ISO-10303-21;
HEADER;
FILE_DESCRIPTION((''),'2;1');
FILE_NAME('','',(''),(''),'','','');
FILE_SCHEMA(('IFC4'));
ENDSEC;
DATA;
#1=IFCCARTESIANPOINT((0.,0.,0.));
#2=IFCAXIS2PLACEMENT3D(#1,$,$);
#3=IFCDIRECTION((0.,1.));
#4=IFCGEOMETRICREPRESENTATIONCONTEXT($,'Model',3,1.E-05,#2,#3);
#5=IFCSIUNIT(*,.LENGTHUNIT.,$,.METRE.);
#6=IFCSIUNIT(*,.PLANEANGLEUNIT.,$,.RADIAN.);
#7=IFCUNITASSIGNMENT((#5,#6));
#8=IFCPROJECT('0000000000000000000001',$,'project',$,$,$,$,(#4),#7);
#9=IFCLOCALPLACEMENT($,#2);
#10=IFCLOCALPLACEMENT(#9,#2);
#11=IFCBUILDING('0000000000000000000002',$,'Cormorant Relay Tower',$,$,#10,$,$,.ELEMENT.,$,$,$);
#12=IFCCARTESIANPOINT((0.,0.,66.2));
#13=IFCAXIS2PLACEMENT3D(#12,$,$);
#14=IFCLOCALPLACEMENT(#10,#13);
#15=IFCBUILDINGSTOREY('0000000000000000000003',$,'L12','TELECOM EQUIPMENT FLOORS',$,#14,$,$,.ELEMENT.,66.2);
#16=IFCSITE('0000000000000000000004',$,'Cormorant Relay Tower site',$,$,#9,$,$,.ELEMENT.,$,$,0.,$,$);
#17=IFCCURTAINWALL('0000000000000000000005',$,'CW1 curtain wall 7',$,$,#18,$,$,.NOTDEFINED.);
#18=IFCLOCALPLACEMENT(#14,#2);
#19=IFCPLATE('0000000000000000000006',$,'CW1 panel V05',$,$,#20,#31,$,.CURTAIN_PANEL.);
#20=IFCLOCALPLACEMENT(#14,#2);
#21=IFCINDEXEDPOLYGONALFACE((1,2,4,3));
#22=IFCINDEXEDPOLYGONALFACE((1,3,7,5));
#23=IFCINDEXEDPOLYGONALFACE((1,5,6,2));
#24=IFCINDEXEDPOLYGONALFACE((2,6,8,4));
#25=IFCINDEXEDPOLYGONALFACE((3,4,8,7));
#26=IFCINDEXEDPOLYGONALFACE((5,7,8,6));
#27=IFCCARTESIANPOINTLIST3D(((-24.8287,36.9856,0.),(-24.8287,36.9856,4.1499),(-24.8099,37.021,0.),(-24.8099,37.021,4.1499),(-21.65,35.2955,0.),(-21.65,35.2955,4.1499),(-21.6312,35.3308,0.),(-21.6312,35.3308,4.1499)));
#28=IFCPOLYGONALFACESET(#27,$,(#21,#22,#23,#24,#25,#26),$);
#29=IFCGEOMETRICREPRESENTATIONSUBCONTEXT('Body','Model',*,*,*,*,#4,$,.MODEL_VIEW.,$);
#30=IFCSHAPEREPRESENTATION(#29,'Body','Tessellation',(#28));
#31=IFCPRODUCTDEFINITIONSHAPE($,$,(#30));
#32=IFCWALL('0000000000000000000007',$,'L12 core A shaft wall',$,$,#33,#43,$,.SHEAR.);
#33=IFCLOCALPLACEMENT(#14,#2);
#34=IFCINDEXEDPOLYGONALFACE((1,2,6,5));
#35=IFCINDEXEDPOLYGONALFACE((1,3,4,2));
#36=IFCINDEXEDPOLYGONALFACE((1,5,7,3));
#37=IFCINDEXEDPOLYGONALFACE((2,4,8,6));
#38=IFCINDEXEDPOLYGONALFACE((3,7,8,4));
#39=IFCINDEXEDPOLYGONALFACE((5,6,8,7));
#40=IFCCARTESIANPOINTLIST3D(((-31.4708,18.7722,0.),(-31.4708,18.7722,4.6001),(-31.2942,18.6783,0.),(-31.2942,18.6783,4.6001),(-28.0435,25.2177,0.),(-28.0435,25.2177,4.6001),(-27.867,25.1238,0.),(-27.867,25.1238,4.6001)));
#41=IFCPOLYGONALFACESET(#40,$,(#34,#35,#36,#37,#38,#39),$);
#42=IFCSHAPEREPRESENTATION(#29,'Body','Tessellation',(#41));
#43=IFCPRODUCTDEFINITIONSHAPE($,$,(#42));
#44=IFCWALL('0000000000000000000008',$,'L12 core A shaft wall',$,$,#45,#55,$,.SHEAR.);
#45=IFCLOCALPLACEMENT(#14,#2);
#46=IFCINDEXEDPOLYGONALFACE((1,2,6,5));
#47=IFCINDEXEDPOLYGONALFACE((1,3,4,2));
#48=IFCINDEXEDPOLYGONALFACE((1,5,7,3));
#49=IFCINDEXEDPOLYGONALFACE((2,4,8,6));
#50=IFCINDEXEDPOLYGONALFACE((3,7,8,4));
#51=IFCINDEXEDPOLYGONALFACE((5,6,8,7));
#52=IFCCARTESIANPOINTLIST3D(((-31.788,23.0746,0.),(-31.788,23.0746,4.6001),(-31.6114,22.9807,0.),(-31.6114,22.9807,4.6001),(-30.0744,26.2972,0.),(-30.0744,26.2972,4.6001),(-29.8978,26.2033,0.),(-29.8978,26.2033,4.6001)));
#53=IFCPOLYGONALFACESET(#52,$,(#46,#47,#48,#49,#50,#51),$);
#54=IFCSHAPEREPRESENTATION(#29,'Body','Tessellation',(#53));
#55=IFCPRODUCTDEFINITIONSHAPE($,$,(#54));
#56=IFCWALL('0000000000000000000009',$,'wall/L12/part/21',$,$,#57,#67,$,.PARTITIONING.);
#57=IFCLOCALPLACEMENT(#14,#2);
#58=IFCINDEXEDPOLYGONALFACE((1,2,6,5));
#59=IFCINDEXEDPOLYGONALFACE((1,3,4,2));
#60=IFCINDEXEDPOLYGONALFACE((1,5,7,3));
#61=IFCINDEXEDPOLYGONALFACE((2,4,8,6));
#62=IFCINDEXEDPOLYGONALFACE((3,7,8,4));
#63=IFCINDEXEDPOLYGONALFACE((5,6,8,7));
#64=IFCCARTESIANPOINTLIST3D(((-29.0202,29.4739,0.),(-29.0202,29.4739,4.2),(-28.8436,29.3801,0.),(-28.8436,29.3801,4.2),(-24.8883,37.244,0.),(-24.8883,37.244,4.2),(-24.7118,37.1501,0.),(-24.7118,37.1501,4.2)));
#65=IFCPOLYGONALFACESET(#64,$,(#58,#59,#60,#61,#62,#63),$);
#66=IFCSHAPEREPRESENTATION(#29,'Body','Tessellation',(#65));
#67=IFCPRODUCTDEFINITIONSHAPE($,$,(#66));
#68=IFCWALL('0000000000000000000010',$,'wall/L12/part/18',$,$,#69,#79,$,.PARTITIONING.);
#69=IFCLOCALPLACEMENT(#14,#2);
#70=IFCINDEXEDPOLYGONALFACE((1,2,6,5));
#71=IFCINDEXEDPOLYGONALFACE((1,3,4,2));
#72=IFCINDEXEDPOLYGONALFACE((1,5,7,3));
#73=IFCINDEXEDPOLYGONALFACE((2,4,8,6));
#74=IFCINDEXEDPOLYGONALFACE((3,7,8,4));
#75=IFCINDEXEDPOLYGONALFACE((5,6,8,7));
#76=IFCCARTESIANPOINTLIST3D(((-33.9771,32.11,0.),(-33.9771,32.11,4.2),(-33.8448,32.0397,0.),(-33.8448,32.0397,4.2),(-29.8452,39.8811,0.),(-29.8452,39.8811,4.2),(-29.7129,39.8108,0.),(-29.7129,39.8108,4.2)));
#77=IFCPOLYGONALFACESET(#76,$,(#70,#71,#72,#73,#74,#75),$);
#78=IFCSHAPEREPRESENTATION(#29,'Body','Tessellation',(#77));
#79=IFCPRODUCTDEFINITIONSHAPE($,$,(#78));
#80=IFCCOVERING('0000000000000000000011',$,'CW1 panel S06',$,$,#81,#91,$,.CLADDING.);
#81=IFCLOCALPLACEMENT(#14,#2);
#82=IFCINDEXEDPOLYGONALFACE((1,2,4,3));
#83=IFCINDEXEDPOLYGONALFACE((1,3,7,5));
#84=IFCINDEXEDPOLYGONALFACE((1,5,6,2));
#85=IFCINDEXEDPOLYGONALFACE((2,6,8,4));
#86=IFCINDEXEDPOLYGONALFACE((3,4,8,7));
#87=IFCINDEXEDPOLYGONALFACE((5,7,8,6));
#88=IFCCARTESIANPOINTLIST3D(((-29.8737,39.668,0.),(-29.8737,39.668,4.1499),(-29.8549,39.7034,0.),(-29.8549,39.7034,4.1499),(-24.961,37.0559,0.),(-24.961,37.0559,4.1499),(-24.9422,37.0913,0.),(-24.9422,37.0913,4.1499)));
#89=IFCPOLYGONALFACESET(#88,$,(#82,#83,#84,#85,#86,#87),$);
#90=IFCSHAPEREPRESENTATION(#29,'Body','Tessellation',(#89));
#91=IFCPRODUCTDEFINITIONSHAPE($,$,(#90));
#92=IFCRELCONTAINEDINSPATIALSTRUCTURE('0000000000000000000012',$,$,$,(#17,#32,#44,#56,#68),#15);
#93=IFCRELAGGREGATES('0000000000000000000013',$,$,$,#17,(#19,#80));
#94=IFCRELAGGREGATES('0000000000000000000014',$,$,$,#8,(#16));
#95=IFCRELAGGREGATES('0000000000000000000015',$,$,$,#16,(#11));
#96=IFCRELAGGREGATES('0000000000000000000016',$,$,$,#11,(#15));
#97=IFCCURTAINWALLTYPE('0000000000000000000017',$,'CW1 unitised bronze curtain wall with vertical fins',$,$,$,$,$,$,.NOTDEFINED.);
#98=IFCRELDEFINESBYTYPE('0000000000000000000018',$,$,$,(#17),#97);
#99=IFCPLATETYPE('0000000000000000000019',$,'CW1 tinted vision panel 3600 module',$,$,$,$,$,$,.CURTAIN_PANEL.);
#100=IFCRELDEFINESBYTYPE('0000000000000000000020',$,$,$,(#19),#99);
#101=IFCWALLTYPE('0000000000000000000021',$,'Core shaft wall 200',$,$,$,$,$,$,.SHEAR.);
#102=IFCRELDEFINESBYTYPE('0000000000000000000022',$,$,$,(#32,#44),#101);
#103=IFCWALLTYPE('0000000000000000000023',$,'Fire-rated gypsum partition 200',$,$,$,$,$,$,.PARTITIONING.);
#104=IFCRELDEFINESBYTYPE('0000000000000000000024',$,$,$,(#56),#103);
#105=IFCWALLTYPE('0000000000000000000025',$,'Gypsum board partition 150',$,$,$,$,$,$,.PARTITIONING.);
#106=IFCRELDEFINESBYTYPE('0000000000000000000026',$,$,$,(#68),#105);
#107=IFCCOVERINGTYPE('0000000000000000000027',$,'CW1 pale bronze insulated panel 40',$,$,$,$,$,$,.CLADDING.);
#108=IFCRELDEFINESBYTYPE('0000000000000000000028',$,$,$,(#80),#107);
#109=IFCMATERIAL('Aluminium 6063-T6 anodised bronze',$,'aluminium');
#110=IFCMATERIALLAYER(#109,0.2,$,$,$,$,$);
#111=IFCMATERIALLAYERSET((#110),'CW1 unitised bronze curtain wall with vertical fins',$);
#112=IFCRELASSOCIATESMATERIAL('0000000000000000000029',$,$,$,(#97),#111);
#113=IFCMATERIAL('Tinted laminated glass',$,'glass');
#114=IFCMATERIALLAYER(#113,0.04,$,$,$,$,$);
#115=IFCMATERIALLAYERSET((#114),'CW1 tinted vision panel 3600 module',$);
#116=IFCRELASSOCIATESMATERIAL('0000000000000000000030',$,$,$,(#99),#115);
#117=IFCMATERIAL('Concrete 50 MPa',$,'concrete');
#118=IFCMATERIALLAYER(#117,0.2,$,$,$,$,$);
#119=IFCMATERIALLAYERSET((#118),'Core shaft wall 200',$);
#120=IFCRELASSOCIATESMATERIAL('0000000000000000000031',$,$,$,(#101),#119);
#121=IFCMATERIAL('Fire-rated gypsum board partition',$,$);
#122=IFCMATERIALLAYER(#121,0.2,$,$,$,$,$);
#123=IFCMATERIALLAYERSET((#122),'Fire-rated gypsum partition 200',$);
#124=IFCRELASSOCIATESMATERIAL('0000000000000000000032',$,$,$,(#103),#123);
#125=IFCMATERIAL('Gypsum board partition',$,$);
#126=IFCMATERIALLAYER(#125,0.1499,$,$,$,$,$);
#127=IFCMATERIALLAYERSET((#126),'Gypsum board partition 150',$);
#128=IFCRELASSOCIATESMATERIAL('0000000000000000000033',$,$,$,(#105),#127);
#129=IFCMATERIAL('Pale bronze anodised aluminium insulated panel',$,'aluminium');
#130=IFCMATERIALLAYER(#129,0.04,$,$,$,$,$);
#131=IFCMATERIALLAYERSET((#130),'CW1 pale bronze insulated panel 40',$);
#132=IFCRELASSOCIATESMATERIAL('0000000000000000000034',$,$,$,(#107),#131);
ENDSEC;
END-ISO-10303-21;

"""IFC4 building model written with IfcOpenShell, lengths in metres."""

from ifc_helpers import new_model, si_unit, direction, frame, frame_2d, origin, origin_2d, place, context, subcontext, project, spatial, rectangle, extrude, material, layer, layer_set, type_object, element, aggregate, save


model = new_model("IFC4")

# Units and contexts
model_context = context("Model", 3, precision=1e-05, world=origin(), true_north=direction((0.0, 1.0)))
body_context = subcontext(model_context, "Body", "Model", "MODEL_VIEW")
ifc_project = project(units=[si_unit("LENGTHUNIT", "METRE"), si_unit("PLANEANGLEUNIT", "RADIAN")], contexts=[model_context])

# Site, building, storey
site_placement = place(None, origin())
site = spatial("IfcSite", under=ifc_project, at=site_placement, Name="Cormorant Relay Tower site", CompositionType="ELEMENT", RefElevation=0.0)
building_placement = place(site_placement, origin())
building = spatial("IfcBuilding", under=site, at=building_placement, Name="Cormorant Relay Tower", CompositionType="ELEMENT")
storey_placement = place(building_placement, frame((0.0, 0.0, 66.2)))
storey = spatial("IfcBuildingStorey", under=building, at=storey_placement, Name="L12", Description="TELECOM EQUIPMENT FLOORS", CompositionType="ELEMENT", Elevation=66.2)

# Curtain wall
ifc_material_1 = material(Name="Aluminium 6063-T6 anodised bronze", Category="aluminium")
ifc_layer_1 = layer(ifc_material_1, 0.2)
ifc_layer_set_1 = layer_set([ifc_layer_1], Name="CW1 unitised bronze curtain wall with vertical fins")
curtain_wall_type = type_object("IfcCurtainWallType", Name="CW1 unitised bronze curtain wall with vertical fins", PredefinedType="NOTDEFINED", material=ifc_layer_set_1)
curtain_wall_1_placement = place(storey_placement, origin())
curtain_wall_1 = element("IfcCurtainWall", 1, at=curtain_wall_1_placement, inside=storey, type_object=curtain_wall_type, Name="CW1 curtain wall 7", PredefinedType="NOTDEFINED")

# Plate
ifc_material_2 = material(Name="Tinted laminated glass", Category="glass")
ifc_layer_2 = layer(ifc_material_2, 0.04)
ifc_layer_set_2 = layer_set([ifc_layer_2], Name="CW1 tinted vision panel 3600 module")
plate_type = type_object("IfcPlateType", Name="CW1 tinted vision panel 3600 module", PredefinedType="CURTAIN_PANEL", material=ifc_layer_set_2)
plate_placement = place(storey_placement, frame((-23.23, 36.1582, 0.0), z_axis=(0.0, 0.0, 1.0), x_axis=(-0.882948, 0.469472, 0.0)))
plate = element("IfcPlate", 2, at=plate_placement, type_object=plate_type, Name="CW1 panel V05", PredefinedType="CURTAIN_PANEL", context=body_context, shape_type="SweptSolid", body=[
    extrude(rectangle(XDim=3.6001, YDim=0.04, at=origin_2d()), origin(), (0.0, 0.0, 1.0), 4.1499),
])

# Walls
ifc_material_3 = material(Name="Concrete 50 MPa", Category="concrete")
ifc_layer_3 = layer(ifc_material_3, 0.2)
ifc_layer_set_3 = layer_set([ifc_layer_3], Name="Core shaft wall 200")
wall_type_1 = type_object("IfcWallType", Name="Core shaft wall 200", PredefinedType="SHEAR", material=ifc_layer_set_3)
wall_1_placement = place(storey_placement, frame((-27.9553, 25.1707, 0.0), z_axis=(0.0, 0.0, 1.0), x_axis=(-0.46948, -0.882943, 0.0)))
element("IfcWall", 3, at=wall_1_placement, inside=storey, type_object=wall_type_1, Name="L12 core A shaft wall", PredefinedType="SHEAR", context=body_context, shape_type="SweptSolid", body=[
    extrude(rectangle(XDim=7.3, YDim=0.2, at=frame_2d((3.6499, 0.0))), origin(), (0.0, 0.0, 1.0), 4.6001),
])
wall_2_placement = place(storey_placement, frame((-29.9861, 26.2502, 0.0), z_axis=(0.0, 0.0, 1.0), x_axis=(-0.469494, -0.882936, 0.0)))
element("IfcWall", 4, at=wall_2_placement, inside=storey, type_object=wall_type_1, Name="L12 core A shaft wall", PredefinedType="SHEAR", context=body_context, shape_type="SweptSolid", body=[
    extrude(rectangle(XDim=3.6499, YDim=0.2, at=frame_2d((1.825, 0.0))), origin(), (0.0, 0.0, 1.0), 4.6001),
])

# Walls
ifc_material_4 = material(Name="Fire-rated gypsum board partition")
ifc_layer_4 = layer(ifc_material_4, 0.2)
ifc_layer_set_4 = layer_set([ifc_layer_4], Name="Fire-rated gypsum partition 200")
wall_type_2 = type_object("IfcWallType", Name="Fire-rated gypsum partition 200", PredefinedType="PARTITIONING", material=ifc_layer_set_4)
wall_3_placement = place(storey_placement, frame((-24.8, 37.197, 0.0), z_axis=(0.0, 0.0, 1.0), x_axis=(-0.469511, -0.882927, 0.0)))
element("IfcWall", 5, at=wall_3_placement, inside=storey, type_object=wall_type_2, Name="wall/L12/part/21", PredefinedType="PARTITIONING", context=body_context, shape_type="SweptSolid", body=[
    extrude(rectangle(XDim=8.8003, YDim=0.2, at=frame_2d((4.4001, 0.0))), origin(), (0.0, 0.0, 1.0), 4.2),
])
ifc_material_5 = material(Name="Gypsum board partition")
ifc_layer_5 = layer(ifc_material_5, 0.1499)
ifc_layer_set_5 = layer_set([ifc_layer_5], Name="Gypsum board partition 150")
wall_type_3 = type_object("IfcWallType", Name="Gypsum board partition 150", PredefinedType="PARTITIONING", material=ifc_layer_set_5)
wall_4_placement = place(storey_placement, frame((-29.7791, 39.8459, 0.0), z_axis=(0.0, 0.0, 1.0), x_axis=(-0.469465, -0.882951, 0.0)))
element("IfcWall", 6, at=wall_4_placement, inside=storey, type_object=wall_type_3, Name="wall/L12/part/18", PredefinedType="PARTITIONING", context=body_context, shape_type="SweptSolid", body=[
    extrude(rectangle(XDim=8.8013, YDim=0.1499, at=frame_2d((4.4006, 0.0))), origin(), (0.0, 0.0, 1.0), 4.2),
])

# Covering
ifc_material_6 = material(Name="Pale bronze anodised aluminium insulated panel", Category="aluminium")
ifc_layer_6 = layer(ifc_material_6, 0.04)
ifc_layer_set_6 = layer_set([ifc_layer_6], Name="CW1 pale bronze insulated panel 40")
covering_type = type_object("IfcCoveringType", Name="CW1 pale bronze insulated panel 40", PredefinedType="CLADDING", material=ifc_layer_set_6)
covering_placement = place(storey_placement, frame((-27.408, 38.3796, 0.0), z_axis=(0.0, 0.0, 1.0), x_axis=(-0.882948, 0.469472, 0.0)))
covering = element("IfcCovering", 7, at=covering_placement, type_object=covering_type, Name="CW1 panel S06", PredefinedType="CLADDING", context=body_context, shape_type="SweptSolid", body=[
    extrude(rectangle(XDim=5.564, YDim=0.04, at=origin_2d()), origin(), (0.0, 0.0, 1.0), 4.1499),
])
aggregate(curtain_wall_1, [plate, covering])

save(model, "model.ifc")
